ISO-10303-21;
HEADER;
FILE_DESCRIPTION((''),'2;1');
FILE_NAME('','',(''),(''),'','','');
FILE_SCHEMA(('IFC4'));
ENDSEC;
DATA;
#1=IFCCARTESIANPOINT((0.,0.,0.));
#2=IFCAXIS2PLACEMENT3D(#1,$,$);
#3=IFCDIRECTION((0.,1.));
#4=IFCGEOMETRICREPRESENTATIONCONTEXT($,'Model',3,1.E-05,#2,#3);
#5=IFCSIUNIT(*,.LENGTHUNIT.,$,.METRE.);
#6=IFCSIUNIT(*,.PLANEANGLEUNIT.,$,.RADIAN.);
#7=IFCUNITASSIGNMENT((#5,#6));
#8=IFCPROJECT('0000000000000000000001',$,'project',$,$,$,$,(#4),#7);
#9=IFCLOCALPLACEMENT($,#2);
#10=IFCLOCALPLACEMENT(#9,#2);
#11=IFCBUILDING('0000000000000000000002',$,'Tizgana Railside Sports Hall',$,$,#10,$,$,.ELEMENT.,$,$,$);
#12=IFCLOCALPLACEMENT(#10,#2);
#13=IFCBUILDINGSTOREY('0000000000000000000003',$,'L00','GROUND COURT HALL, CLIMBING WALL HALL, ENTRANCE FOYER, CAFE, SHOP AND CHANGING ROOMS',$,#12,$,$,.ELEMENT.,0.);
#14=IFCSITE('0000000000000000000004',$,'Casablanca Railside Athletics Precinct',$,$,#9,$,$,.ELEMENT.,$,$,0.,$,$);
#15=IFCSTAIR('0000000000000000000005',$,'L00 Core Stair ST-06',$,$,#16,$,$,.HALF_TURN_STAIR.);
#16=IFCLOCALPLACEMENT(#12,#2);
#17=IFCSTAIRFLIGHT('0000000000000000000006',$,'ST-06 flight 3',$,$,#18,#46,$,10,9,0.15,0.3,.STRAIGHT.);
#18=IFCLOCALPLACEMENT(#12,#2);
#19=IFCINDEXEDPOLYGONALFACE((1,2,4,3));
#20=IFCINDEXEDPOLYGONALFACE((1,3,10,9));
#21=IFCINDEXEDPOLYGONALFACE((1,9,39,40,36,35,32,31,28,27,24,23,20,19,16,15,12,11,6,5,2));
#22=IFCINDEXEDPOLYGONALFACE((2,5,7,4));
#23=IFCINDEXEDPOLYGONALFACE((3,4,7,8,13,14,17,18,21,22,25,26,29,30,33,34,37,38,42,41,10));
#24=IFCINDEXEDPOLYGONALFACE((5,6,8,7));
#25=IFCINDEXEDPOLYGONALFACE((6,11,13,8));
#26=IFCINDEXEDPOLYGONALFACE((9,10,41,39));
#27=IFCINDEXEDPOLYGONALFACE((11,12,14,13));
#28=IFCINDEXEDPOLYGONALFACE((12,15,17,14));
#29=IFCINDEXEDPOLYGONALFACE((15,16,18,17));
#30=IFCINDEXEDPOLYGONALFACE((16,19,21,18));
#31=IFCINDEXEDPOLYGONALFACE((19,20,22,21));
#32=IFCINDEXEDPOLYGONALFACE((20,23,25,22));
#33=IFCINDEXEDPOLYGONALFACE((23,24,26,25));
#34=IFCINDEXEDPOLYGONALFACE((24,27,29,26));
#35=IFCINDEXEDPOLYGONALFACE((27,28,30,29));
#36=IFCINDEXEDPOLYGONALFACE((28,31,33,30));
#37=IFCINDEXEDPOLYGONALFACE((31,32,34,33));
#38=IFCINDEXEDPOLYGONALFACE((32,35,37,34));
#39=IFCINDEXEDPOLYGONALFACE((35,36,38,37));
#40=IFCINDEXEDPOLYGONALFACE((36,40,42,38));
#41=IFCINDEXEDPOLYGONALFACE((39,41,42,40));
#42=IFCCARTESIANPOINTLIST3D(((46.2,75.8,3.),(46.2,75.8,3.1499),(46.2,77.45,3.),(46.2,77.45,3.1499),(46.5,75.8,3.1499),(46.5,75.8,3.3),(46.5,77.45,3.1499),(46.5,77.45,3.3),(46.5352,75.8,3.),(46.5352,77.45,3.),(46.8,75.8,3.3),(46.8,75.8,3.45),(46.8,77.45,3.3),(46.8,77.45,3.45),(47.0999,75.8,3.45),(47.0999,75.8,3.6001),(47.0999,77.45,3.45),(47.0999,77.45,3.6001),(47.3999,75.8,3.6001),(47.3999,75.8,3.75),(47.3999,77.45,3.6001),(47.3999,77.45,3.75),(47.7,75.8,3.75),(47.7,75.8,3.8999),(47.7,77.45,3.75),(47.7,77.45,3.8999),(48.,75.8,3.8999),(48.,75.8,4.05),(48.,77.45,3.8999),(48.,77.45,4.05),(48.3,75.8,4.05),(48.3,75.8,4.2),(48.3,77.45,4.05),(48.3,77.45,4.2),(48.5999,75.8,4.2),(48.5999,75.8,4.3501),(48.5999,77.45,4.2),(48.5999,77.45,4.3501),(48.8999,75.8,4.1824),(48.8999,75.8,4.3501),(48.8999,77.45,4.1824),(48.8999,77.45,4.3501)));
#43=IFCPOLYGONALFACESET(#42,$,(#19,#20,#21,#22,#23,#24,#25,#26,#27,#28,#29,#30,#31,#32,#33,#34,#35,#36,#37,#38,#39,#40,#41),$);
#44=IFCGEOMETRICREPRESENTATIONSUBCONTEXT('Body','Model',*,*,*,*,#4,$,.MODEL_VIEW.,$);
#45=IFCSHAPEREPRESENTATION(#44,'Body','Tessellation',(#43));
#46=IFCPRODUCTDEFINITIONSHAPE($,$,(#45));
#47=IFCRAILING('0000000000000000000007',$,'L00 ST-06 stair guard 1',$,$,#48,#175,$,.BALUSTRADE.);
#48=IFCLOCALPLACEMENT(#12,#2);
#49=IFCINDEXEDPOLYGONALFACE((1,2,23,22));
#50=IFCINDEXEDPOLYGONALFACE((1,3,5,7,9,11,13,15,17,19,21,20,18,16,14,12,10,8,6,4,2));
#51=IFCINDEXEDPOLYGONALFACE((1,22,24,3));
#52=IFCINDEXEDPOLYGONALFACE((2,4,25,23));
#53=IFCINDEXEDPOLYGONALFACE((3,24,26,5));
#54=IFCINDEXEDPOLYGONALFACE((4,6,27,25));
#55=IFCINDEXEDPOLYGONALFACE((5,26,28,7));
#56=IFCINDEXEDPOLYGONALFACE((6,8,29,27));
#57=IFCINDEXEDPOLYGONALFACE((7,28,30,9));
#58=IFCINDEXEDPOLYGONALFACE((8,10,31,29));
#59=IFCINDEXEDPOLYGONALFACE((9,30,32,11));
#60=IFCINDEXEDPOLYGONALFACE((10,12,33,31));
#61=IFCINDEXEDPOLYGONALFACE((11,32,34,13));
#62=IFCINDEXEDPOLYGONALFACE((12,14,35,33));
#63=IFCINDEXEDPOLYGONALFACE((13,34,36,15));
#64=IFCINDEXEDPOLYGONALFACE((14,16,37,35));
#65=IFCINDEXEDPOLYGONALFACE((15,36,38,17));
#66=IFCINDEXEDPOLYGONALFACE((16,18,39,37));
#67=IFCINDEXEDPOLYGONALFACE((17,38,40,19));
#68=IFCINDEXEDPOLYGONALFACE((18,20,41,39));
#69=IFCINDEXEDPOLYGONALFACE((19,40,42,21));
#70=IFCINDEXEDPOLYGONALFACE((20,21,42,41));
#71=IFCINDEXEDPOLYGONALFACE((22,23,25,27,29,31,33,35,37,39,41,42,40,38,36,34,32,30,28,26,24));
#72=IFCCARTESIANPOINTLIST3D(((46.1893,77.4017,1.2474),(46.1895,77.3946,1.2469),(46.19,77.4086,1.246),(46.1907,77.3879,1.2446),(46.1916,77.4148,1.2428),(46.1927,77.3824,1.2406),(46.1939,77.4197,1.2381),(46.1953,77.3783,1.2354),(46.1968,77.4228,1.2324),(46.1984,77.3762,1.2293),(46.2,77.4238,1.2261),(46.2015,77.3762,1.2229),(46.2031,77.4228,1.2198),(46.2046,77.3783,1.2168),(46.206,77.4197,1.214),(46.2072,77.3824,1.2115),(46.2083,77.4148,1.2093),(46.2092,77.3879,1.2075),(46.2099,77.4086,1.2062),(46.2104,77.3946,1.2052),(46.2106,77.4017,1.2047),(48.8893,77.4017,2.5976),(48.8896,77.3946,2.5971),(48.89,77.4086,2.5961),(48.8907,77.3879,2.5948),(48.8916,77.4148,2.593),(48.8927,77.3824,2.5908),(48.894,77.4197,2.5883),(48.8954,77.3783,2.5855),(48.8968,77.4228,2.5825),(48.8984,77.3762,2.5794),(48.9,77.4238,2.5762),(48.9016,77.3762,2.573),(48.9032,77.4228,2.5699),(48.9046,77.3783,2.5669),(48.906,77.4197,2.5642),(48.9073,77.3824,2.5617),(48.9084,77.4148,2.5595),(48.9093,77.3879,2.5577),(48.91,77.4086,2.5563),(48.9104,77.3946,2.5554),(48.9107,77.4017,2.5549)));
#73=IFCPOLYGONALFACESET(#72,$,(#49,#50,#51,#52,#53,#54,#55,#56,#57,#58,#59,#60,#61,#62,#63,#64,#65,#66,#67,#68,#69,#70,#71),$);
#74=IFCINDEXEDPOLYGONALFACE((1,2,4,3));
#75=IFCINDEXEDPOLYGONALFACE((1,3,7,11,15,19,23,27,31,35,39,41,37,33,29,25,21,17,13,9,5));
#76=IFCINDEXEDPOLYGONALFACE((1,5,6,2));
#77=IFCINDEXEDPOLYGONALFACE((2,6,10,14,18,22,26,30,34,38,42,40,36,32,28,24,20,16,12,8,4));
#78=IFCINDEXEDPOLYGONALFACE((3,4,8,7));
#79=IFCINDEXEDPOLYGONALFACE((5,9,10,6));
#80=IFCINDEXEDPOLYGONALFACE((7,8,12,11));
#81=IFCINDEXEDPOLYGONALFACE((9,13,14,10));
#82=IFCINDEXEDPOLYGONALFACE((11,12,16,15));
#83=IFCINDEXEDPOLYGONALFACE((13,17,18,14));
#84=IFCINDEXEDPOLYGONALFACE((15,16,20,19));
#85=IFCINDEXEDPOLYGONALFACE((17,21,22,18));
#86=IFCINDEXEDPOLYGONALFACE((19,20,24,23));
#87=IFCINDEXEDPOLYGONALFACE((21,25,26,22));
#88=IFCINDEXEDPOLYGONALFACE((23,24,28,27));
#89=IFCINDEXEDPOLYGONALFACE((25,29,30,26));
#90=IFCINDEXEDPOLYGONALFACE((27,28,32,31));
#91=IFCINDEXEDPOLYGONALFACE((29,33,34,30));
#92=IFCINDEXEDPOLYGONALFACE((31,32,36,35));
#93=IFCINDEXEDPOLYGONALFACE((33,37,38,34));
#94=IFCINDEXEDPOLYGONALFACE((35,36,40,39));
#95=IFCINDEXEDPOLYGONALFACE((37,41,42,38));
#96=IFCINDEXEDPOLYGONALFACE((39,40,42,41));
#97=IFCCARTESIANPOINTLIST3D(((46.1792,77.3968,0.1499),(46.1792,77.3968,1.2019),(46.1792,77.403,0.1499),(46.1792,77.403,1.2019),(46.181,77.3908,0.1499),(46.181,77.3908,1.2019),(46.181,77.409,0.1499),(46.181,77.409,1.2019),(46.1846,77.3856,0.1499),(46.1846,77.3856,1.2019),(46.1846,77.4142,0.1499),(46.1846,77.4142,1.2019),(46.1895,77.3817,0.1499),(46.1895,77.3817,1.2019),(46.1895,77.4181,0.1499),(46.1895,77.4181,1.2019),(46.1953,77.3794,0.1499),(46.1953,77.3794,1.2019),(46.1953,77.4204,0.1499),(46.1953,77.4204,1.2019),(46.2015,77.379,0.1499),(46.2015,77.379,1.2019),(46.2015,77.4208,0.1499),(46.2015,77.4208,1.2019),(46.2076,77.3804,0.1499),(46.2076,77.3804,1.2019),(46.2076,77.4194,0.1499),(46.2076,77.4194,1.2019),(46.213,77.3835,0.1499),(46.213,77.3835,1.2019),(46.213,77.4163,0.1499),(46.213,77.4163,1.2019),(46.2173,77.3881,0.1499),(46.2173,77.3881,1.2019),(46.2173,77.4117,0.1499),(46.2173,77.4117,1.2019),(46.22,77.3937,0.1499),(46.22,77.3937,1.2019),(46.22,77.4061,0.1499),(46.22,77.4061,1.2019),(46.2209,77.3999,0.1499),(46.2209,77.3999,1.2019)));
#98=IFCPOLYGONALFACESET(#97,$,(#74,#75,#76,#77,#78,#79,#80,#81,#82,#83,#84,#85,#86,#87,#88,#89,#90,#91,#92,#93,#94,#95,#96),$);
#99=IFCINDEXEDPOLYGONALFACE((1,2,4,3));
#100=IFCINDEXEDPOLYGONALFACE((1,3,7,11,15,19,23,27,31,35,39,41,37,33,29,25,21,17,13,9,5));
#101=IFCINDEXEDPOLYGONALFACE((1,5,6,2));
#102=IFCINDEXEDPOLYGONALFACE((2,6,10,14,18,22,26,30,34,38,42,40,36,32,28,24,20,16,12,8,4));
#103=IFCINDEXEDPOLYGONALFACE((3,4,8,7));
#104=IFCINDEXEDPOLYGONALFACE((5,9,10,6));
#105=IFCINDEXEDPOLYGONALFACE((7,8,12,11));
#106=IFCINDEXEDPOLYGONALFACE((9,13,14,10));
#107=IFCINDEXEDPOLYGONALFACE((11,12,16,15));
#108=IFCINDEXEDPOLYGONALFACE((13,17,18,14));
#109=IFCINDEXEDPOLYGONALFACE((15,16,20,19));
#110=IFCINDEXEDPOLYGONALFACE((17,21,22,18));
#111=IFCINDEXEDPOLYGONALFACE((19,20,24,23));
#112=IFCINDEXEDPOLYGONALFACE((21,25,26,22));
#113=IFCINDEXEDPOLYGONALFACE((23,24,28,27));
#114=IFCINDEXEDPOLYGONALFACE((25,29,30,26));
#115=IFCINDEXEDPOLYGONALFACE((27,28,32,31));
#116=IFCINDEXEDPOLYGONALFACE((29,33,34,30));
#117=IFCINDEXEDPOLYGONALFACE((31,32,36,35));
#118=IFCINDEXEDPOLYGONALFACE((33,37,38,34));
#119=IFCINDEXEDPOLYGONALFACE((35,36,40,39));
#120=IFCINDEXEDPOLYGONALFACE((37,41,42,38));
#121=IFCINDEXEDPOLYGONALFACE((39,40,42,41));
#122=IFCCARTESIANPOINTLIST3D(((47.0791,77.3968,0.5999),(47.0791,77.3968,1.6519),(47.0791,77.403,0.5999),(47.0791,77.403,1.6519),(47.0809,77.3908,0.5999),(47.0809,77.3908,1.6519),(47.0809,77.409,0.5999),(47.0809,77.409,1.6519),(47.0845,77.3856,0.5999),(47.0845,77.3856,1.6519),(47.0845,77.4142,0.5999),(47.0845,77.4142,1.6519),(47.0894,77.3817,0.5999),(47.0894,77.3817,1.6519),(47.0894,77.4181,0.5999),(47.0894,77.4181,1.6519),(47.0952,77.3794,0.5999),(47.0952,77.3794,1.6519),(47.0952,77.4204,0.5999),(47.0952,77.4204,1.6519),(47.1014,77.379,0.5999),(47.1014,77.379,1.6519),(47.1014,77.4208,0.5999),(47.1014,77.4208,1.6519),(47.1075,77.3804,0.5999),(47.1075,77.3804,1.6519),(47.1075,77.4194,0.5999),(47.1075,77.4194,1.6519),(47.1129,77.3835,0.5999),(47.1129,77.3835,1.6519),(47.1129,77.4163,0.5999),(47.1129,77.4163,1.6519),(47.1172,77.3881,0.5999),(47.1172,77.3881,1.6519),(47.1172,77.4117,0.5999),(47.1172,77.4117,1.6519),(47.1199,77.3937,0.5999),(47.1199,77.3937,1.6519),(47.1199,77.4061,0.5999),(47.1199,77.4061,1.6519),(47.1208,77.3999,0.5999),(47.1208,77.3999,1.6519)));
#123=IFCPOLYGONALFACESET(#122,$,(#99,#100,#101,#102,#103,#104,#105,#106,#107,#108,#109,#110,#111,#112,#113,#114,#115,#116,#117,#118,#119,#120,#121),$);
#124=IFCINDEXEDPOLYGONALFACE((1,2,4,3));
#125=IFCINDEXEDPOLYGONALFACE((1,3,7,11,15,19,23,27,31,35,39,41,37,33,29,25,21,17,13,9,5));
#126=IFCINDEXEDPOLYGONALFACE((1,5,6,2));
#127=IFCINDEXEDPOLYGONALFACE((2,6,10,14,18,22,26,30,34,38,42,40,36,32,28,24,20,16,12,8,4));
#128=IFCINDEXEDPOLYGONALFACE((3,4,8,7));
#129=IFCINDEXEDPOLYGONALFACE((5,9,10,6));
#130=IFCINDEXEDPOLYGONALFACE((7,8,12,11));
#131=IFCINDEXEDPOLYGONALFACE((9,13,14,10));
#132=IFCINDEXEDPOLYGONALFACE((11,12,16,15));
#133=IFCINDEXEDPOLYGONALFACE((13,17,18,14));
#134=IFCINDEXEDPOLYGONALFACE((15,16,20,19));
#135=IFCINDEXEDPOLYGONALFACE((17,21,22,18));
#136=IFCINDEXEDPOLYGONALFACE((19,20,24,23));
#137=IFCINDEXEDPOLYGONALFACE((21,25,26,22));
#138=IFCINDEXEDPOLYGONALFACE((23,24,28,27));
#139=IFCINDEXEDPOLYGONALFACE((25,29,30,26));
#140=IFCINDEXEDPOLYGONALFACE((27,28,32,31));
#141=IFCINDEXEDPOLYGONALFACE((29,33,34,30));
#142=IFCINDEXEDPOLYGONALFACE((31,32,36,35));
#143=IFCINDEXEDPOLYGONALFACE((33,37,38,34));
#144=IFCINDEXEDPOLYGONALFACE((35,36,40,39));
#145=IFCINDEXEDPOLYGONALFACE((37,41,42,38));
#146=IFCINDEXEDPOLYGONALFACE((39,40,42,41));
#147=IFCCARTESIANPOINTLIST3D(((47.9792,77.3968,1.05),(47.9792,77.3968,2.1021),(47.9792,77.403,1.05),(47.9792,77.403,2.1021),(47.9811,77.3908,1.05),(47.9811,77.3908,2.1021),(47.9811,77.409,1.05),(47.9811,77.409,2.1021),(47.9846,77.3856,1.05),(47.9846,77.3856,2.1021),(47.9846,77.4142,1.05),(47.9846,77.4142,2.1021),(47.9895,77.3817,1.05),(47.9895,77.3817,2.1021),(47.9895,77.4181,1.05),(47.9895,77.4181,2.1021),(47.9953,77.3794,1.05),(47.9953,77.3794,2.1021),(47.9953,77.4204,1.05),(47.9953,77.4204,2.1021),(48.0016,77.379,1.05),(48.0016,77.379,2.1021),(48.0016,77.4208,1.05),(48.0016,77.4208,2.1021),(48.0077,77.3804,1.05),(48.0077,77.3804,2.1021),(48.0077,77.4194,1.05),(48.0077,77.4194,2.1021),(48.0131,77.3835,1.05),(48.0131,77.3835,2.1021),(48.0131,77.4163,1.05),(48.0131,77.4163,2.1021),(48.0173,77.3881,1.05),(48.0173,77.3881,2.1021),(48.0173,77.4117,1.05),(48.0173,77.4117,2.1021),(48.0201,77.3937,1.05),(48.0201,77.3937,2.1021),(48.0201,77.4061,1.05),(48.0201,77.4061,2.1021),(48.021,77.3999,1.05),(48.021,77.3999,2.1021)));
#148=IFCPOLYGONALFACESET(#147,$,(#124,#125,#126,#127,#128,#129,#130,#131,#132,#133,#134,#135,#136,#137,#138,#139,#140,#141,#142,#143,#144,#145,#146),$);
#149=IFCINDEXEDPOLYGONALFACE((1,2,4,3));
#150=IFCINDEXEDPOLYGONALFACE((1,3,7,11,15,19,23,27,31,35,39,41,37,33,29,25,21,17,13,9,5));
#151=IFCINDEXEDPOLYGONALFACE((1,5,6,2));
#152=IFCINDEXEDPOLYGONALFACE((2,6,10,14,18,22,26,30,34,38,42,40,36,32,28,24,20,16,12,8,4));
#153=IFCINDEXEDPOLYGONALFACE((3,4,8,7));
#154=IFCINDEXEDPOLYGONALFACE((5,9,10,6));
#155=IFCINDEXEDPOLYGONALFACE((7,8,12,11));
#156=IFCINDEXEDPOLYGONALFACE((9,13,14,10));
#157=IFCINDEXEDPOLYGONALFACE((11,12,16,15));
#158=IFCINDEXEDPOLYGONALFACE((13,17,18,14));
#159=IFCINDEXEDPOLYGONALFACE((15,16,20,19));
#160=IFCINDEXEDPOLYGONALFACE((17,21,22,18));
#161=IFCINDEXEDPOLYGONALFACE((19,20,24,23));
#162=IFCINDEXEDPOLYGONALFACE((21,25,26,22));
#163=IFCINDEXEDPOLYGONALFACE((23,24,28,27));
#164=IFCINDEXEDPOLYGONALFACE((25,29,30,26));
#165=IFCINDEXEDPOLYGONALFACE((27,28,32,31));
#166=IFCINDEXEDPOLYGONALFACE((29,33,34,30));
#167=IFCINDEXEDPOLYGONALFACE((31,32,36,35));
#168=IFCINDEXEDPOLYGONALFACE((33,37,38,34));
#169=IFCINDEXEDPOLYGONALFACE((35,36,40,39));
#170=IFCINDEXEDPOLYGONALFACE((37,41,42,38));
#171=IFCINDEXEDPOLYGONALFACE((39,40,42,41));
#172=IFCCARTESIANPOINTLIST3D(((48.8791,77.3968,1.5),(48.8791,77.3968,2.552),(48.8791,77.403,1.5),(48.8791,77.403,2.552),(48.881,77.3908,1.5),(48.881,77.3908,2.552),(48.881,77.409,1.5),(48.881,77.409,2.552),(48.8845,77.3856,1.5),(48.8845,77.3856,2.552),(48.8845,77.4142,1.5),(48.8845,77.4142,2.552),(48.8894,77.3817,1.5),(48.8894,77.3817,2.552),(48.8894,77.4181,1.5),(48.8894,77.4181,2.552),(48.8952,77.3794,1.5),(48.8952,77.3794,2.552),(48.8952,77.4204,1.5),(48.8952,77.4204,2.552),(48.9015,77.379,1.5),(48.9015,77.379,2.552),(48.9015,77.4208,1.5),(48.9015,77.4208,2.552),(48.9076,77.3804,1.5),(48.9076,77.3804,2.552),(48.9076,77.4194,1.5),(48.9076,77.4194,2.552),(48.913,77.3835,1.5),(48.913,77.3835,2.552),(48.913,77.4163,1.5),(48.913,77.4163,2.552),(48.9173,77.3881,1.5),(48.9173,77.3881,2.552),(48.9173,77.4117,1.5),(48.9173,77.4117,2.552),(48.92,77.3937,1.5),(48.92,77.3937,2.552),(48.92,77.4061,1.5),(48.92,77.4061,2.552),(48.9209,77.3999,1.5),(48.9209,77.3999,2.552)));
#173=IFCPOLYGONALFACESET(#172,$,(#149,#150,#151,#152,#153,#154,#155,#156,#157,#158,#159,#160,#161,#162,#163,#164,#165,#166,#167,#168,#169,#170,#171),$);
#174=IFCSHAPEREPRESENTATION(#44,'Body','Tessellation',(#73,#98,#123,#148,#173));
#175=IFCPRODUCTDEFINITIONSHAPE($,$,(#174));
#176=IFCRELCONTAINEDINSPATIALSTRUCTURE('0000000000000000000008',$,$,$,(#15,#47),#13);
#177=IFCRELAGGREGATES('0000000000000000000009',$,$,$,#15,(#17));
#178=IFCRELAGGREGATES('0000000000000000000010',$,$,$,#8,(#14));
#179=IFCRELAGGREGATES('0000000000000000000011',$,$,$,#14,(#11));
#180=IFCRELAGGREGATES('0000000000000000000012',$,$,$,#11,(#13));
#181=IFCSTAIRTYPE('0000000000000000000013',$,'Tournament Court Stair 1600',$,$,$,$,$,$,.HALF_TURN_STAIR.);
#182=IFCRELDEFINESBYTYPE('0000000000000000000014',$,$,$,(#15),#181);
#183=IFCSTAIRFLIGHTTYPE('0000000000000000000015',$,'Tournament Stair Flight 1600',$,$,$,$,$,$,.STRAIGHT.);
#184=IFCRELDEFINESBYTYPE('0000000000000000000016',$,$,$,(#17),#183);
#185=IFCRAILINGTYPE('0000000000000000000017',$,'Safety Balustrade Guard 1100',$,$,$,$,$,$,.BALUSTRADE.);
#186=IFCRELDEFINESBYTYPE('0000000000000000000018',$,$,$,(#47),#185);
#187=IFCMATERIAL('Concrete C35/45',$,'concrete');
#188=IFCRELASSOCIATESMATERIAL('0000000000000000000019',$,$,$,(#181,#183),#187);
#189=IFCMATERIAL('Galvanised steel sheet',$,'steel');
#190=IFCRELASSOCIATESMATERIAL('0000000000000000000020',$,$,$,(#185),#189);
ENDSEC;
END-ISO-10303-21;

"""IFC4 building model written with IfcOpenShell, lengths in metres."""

from ifc_helpers import new_model, si_unit, direction, frame, origin, origin_2d, place, context, subcontext, project, spatial, polyline, circle, outline, extrude, material, type_object, element, aggregate, save


model = new_model("IFC4")

# Units and contexts
model_context = context("Model", 3, precision=1e-05, world=origin(), true_north=direction((0.0, 1.0)))
body_context = subcontext(model_context, "Body", "Model", "MODEL_VIEW")
ifc_project = project(units=[si_unit("LENGTHUNIT", "METRE"), si_unit("PLANEANGLEUNIT", "RADIAN")], contexts=[model_context])

# Site, building, storey
site_placement = place(None, origin())
site = spatial("IfcSite", under=ifc_project, at=site_placement, Name="Casablanca Railside Athletics Precinct", CompositionType="ELEMENT", RefElevation=0.0)
building_placement = place(site_placement, origin())
building = spatial("IfcBuilding", under=site, at=building_placement, Name="Tizgana Railside Sports Hall", CompositionType="ELEMENT")
storey_placement = place(building_placement, origin())
storey = spatial("IfcBuildingStorey", under=building, at=storey_placement, Name="L00", Description="GROUND COURT HALL, CLIMBING WALL HALL, ENTRANCE FOYER, CAFE, SHOP AND CHANGING ROOMS", CompositionType="ELEMENT", Elevation=0.0)

# Shared definitions
ifc_material_1 = material(Name="Concrete C35/45", Category="concrete")

# Stair, stair flight
stair_type = type_object("IfcStairType", Name="Tournament Court Stair 1600", PredefinedType="HALF_TURN_STAIR", material=ifc_material_1)
stair_placement = place(storey_placement, origin())
stair = element("IfcStair", 1, at=stair_placement, inside=storey, type_object=stair_type, Name="L00 Core Stair ST-06", PredefinedType="HALF_TURN_STAIR")
stair_flight_type = type_object("IfcStairFlightType", Name="Tournament Stair Flight 1600", PredefinedType="STRAIGHT", material=ifc_material_1)
stair_flight_1_placement = place(storey_placement, frame((46.2, 76.625, 3.0), z_axis=(0.0, 0.0, 1.0), x_axis=(1.0, 0.0, 0.0)))
stair_flight_1 = element("IfcStairFlight", 2, at=stair_flight_1_placement, type_object=stair_flight_type, Name="ST-06 flight 3", NumberOfRisers=10, NumberOfTreads=9, PredefinedType="STRAIGHT", RiserHeight=0.15, TreadLength=0.3, context=body_context, shape_type="SweptSolid", body=[
    extrude(outline(polyline([(0.0, 0.0), (0.0, 0.1499), (0.3, 0.1499), (0.3, 0.3), (0.6001, 0.3), (0.6001, 0.45), (0.8999, 0.45), (0.8999, 0.6001), (1.2, 0.6001), (1.2, 0.75), (1.5, 0.75), (1.5, 0.8999), (1.8, 0.8999), (1.8, 1.05), (2.1001, 1.05), (2.1001, 1.2), (2.3999, 1.2), (2.3999, 1.3501), (2.7, 1.3501), (2.7, 1.5), (2.7, 1.1824), (0.3352, 0.0), (0.0, 0.0)])), frame((0.0, 0.825, 0.0), z_axis=(0.0, -1.0, 0.0), x_axis=(1.0, 0.0, 0.0)), (0.0, 0.0, 1.0), 1.6499),
])
aggregate(stair, [stair_flight_1])

# Railing
ifc_material_2 = material(Name="Galvanised steel sheet", Category="steel")
railing_type_1 = type_object("IfcRailingType", Name="Safety Balustrade Guard 1100", PredefinedType="BALUSTRADE", material=ifc_material_2)
railing_1_placement = place(storey_placement, frame((46.2, 77.3999, 0.1499)))
element("IfcRailing", 3, at=railing_1_placement, inside=storey, type_object=railing_type_1, Name="L00 ST-06 stair guard 1", PredefinedType="BALUSTRADE", context=body_context, shape_type="SweptSolid", body=[
    extrude(circle(Radius=0.0239, at=origin_2d()), frame((0.0, 0.0, 1.0762), z_axis=(0.894411, 0.0, 0.447246), x_axis=(0.0, 1.0, 0.0)), (0.0, 0.0, 1.0), 3.0188),
    extrude(circle(Radius=0.021, at=origin_2d()), origin(), (0.0, 0.0, 1.0), 1.052),
    extrude(circle(Radius=0.021, at=origin_2d()), frame((0.8999, 0.0, 0.45)), (0.0, 0.0, 1.0), 1.052),
    extrude(circle(Radius=0.021, at=origin_2d()), frame((1.8, 0.0, 0.9001)), (0.0, 0.0, 1.0), 1.052),
    extrude(circle(Radius=0.021, at=origin_2d()), frame((2.7, 0.0, 1.3501)), (0.0, 0.0, 1.0), 1.052),
])

save(model, "model.ifc")
